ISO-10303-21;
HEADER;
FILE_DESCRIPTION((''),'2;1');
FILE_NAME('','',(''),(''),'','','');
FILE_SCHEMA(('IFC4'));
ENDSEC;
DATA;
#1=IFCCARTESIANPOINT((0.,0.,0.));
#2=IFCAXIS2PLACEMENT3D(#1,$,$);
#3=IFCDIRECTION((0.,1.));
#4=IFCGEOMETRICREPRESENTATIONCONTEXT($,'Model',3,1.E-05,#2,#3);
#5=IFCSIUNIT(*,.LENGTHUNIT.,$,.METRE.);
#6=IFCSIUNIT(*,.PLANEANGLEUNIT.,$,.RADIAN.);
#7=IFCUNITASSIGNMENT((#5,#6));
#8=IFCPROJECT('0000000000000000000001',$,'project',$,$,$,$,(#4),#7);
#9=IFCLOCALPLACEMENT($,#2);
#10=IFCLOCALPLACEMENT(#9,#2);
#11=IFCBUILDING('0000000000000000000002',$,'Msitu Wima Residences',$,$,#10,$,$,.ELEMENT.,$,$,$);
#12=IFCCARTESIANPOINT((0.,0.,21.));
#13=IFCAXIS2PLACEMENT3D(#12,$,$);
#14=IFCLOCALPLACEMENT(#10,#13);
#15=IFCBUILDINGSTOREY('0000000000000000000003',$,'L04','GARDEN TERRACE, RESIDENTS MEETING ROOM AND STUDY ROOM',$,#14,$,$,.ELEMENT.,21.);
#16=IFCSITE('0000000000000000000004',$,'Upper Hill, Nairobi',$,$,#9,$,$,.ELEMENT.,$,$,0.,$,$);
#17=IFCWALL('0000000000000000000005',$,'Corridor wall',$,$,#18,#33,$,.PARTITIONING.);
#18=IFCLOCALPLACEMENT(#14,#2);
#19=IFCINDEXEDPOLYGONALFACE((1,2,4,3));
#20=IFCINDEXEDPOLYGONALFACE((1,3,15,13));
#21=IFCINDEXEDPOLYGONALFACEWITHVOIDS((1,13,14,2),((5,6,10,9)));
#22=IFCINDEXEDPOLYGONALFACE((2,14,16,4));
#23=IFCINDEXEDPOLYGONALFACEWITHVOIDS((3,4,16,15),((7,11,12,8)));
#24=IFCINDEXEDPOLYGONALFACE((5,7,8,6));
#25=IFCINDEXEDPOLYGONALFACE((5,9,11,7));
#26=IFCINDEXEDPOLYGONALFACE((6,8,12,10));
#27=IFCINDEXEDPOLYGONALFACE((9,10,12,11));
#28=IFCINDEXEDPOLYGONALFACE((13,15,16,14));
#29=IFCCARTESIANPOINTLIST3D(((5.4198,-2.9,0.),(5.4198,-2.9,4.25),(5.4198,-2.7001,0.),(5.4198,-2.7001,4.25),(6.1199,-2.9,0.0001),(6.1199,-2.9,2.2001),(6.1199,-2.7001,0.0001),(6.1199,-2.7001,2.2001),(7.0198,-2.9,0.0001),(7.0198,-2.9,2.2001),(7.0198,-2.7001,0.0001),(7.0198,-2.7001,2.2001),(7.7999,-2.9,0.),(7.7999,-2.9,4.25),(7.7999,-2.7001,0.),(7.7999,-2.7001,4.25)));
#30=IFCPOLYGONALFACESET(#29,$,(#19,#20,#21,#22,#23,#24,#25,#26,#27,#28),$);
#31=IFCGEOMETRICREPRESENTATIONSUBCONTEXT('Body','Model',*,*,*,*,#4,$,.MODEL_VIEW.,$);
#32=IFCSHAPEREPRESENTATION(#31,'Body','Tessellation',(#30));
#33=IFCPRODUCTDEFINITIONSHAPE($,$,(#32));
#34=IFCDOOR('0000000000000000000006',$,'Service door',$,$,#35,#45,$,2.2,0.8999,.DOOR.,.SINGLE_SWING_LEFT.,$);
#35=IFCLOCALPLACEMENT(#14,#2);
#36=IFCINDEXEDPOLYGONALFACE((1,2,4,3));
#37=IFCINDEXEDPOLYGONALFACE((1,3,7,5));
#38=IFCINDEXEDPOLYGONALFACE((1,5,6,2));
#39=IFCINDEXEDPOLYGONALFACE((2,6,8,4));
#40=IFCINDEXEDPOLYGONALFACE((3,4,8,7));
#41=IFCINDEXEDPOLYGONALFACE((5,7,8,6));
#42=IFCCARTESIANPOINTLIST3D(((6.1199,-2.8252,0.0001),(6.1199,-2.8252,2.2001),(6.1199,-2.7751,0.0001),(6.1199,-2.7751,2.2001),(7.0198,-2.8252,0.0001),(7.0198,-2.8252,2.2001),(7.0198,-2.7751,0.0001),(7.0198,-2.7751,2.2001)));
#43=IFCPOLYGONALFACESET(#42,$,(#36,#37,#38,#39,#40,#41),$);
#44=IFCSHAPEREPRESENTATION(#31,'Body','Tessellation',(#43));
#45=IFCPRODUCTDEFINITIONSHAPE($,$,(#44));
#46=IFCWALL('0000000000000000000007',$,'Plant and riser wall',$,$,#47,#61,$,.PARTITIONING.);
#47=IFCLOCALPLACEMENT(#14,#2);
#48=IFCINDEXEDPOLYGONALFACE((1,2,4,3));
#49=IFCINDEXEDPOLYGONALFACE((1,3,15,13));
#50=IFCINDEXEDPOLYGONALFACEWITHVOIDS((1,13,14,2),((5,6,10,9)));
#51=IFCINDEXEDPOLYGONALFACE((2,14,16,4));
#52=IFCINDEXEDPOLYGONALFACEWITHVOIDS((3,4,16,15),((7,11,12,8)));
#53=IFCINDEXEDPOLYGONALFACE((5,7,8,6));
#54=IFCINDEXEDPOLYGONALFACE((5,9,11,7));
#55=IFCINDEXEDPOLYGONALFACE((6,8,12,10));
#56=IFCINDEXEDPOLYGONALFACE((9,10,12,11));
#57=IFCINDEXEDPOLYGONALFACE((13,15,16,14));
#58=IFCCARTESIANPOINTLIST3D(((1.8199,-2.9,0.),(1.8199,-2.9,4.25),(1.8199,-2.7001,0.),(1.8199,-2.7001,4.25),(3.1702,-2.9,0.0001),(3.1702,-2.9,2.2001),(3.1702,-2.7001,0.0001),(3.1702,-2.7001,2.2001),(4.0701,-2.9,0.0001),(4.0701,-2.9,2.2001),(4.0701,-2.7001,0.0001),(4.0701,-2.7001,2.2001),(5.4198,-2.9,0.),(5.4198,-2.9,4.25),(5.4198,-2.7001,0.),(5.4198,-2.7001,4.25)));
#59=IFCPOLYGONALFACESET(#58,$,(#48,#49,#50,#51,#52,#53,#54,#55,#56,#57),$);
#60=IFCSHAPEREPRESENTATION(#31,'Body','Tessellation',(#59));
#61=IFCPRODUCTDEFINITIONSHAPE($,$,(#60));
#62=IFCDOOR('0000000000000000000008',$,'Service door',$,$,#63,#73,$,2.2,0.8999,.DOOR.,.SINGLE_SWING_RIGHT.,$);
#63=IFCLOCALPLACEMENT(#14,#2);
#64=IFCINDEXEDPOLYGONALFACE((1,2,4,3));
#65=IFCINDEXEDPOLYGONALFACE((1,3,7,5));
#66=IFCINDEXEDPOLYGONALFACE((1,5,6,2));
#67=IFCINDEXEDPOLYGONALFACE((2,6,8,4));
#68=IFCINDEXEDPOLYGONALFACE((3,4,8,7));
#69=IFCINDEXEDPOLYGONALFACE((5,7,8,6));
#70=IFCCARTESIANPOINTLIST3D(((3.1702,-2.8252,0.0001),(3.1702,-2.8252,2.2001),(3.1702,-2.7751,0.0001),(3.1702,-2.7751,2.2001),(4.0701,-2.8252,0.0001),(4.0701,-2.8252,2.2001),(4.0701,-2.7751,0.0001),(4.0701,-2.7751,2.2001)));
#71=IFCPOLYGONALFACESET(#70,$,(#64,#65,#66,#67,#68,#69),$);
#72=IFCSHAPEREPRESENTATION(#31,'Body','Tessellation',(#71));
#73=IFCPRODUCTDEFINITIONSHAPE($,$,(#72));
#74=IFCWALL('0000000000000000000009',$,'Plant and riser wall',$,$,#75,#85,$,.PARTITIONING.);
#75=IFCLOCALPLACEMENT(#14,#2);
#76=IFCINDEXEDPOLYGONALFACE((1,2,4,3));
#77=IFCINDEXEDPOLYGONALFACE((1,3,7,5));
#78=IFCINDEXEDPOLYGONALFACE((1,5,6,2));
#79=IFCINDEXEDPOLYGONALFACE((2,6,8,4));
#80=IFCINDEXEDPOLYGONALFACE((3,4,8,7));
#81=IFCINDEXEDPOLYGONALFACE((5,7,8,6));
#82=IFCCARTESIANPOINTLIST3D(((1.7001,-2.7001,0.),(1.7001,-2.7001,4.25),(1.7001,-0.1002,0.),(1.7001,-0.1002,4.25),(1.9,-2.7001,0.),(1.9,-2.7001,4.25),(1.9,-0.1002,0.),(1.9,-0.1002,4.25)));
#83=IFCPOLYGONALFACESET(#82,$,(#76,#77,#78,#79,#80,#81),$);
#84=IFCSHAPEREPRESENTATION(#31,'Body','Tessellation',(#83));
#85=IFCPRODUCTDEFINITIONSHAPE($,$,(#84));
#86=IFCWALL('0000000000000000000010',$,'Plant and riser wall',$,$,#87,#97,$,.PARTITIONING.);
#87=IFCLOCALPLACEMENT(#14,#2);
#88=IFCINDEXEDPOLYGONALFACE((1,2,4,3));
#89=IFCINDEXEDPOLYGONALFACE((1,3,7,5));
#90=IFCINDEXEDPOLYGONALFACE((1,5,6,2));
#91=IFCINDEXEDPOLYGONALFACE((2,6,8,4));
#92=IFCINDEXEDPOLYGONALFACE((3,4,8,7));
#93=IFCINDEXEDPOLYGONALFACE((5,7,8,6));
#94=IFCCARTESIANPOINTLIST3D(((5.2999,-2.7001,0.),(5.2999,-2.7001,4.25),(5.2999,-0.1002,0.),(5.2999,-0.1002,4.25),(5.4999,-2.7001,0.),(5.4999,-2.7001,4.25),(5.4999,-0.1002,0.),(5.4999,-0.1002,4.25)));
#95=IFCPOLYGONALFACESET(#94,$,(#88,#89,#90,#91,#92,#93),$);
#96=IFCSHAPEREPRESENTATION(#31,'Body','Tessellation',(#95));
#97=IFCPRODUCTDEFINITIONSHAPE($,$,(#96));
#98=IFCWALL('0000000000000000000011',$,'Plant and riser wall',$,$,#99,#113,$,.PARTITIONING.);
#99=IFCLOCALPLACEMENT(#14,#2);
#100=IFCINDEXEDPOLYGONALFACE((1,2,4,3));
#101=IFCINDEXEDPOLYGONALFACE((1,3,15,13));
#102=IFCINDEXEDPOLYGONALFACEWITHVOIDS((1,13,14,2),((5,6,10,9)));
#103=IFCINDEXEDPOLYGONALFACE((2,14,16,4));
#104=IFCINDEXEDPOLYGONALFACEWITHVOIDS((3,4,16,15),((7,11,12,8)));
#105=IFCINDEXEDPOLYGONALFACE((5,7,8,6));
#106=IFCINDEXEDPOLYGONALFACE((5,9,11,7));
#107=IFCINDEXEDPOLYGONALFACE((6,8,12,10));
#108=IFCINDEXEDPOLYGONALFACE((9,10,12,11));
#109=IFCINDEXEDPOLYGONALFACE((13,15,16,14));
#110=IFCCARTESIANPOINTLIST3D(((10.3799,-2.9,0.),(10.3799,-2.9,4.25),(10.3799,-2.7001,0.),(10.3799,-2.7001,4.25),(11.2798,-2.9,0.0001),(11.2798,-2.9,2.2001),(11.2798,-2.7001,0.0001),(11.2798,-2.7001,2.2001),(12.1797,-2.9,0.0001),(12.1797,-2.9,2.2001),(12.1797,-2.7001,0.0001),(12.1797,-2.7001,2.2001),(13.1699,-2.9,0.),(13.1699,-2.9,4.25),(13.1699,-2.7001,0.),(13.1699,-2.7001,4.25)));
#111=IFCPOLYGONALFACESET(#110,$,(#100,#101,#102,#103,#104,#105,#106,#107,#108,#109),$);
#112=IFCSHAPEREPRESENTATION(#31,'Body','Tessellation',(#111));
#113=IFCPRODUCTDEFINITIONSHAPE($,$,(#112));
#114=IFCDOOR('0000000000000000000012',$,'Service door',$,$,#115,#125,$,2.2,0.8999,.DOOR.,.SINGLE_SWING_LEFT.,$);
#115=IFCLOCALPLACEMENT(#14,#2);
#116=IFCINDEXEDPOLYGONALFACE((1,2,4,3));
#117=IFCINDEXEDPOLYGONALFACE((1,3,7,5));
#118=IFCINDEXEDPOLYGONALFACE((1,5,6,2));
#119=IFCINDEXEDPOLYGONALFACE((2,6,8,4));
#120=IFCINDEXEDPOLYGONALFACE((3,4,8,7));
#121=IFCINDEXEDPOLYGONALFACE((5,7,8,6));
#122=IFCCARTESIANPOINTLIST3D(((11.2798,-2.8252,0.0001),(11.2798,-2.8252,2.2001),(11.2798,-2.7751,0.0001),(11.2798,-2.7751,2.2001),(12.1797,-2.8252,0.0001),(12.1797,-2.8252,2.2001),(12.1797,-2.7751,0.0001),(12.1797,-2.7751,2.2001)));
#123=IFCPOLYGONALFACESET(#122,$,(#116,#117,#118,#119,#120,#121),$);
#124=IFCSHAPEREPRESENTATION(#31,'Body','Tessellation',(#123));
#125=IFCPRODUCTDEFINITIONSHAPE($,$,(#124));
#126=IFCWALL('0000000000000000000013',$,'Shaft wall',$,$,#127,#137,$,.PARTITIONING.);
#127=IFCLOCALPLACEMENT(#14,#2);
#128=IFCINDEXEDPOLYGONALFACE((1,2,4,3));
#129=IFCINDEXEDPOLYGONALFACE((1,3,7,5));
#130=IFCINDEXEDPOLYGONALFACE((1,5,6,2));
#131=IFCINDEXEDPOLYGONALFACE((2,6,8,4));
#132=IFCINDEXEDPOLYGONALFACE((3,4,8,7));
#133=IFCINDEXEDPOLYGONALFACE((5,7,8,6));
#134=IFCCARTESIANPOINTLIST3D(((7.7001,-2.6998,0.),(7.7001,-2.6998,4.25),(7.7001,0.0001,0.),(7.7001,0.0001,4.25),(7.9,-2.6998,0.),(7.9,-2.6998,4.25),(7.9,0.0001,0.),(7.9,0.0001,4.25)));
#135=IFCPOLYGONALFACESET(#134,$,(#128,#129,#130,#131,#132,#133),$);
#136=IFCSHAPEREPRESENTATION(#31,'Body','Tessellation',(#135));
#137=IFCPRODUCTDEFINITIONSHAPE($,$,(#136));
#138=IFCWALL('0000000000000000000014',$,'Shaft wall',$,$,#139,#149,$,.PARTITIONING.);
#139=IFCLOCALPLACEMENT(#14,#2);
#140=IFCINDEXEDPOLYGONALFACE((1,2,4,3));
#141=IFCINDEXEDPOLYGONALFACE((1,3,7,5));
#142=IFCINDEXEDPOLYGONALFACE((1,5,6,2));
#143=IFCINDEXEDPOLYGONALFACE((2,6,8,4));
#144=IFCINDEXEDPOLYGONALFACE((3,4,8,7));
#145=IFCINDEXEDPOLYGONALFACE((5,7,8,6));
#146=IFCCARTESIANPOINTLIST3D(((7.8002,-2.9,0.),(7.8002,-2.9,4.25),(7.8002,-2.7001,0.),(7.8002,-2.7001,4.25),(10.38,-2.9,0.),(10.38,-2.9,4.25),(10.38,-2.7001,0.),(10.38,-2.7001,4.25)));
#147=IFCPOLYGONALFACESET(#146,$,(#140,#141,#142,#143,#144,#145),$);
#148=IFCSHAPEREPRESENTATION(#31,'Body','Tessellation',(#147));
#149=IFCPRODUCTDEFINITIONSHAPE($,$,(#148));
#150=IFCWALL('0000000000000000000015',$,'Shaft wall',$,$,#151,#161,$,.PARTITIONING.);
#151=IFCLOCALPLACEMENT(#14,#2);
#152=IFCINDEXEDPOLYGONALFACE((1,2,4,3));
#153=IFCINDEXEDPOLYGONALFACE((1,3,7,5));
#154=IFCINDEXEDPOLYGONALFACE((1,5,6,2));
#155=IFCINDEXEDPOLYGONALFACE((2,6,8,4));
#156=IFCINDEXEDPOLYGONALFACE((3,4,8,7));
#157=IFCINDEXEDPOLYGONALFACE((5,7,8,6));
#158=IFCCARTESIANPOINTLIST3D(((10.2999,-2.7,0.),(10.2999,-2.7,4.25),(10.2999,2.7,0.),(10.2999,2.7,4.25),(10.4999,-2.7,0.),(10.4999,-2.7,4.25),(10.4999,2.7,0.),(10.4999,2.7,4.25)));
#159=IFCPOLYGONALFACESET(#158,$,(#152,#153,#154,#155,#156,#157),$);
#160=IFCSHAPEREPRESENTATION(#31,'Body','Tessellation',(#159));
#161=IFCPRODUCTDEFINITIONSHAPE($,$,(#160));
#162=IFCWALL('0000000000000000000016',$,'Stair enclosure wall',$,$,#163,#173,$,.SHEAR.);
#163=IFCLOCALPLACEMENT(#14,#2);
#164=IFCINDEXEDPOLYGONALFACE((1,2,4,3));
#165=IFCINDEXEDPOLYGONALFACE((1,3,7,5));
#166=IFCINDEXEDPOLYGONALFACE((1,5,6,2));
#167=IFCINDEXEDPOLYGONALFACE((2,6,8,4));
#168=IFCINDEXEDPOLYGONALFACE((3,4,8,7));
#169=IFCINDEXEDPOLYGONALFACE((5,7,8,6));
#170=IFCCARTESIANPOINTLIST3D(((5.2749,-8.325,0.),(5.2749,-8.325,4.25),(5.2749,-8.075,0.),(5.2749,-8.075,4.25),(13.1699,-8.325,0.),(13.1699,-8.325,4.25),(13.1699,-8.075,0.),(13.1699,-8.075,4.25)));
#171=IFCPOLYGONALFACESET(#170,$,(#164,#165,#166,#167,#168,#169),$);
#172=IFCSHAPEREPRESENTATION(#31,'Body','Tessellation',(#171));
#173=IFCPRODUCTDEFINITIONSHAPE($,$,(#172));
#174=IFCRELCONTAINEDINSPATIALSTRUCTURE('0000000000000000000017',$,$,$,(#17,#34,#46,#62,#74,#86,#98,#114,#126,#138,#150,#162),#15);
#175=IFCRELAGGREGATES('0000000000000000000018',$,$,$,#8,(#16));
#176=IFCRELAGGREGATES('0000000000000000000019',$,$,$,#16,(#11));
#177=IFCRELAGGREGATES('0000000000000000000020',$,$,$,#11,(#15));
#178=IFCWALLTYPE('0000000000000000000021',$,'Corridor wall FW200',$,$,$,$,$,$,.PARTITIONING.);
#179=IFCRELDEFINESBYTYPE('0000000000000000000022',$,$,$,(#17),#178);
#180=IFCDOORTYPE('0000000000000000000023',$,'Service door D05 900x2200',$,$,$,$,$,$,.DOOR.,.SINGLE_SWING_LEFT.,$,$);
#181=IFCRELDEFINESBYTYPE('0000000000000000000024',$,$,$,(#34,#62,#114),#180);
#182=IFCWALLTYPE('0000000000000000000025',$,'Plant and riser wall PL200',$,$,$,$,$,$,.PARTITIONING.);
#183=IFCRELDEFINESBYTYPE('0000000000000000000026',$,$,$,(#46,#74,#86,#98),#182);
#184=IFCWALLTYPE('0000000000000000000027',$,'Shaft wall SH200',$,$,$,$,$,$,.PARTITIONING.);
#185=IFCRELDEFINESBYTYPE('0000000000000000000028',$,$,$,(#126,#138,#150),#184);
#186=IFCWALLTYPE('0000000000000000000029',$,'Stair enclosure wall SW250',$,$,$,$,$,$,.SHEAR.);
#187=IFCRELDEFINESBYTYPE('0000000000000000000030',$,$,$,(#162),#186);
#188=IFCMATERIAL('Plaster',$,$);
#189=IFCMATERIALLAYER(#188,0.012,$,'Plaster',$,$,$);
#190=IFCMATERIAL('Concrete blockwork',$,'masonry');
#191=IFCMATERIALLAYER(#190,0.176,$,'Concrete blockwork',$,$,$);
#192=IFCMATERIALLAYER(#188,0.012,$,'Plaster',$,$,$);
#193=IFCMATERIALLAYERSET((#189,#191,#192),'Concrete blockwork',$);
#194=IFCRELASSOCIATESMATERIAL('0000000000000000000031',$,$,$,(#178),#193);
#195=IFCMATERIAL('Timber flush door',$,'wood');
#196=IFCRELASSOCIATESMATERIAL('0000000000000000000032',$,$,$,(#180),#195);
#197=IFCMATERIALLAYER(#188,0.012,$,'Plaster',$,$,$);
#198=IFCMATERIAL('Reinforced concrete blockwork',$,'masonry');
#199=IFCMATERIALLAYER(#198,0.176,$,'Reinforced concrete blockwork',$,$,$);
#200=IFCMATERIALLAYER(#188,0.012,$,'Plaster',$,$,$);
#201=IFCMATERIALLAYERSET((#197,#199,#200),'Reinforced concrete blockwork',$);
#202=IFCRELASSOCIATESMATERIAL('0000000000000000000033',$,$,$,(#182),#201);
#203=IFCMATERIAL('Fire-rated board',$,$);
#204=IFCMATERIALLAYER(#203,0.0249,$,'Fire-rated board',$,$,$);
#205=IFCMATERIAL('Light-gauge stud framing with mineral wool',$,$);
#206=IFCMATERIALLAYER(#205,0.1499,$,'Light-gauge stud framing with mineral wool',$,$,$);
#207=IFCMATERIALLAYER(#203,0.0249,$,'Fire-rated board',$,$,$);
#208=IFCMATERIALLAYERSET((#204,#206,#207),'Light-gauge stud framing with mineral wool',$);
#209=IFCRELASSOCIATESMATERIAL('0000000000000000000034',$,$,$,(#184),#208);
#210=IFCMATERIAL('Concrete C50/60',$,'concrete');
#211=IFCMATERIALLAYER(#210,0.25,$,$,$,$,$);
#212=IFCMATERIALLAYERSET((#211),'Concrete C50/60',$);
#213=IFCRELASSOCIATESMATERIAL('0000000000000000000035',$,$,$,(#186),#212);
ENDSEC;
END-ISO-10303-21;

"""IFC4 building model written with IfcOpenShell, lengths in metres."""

from ifc_helpers import new_model, si_unit, direction, frame, frame_2d, origin, place, context, subcontext, project, spatial, rectangle, extrude, material, layer, layer_set, type_object, element, fill, save


model = new_model("IFC4")

# Units and contexts
model_context = context("Model", 3, precision=1e-05, world=origin(), true_north=direction((0.0, 1.0)))
body_context = subcontext(model_context, "Body", "Model", "MODEL_VIEW")
ifc_project = project(units=[si_unit("LENGTHUNIT", "METRE"), si_unit("PLANEANGLEUNIT", "RADIAN")], contexts=[model_context])

# Site, building, storey
site_placement = place(None, origin())
site = spatial("IfcSite", under=ifc_project, at=site_placement, Name="Upper Hill, Nairobi", CompositionType="ELEMENT", RefElevation=0.0)
building_placement = place(site_placement, origin())
building = spatial("IfcBuilding", under=site, at=building_placement, Name="Msitu Wima Residences", CompositionType="ELEMENT")
storey_placement = place(building_placement, frame((0.0, 0.0, 21.0)))
storey = spatial("IfcBuildingStorey", under=building, at=storey_placement, Name="L04", Description="GARDEN TERRACE, RESIDENTS MEETING ROOM AND STUDY ROOM", CompositionType="ELEMENT", Elevation=21.0)

# Walls, openings, doors
ifc_material_1 = material(Name="Plaster")
ifc_layer_1 = layer(ifc_material_1, 0.012, Name="Plaster")
ifc_material_2 = material(Name="Concrete blockwork", Category="masonry")
ifc_layer_2 = layer(ifc_material_2, 0.176, Name="Concrete blockwork")
ifc_layer_3 = layer(ifc_material_1, 0.012, Name="Plaster")
ifc_layer_set_1 = layer_set([ifc_layer_1, ifc_layer_2, ifc_layer_3], Name="Concrete blockwork")
wall_type_1 = type_object("IfcWallType", Name="Corridor wall FW200", PredefinedType="PARTITIONING", material=ifc_layer_set_1)
ifc_material_3 = material(Name="Timber flush door", Category="wood")
door_type = type_object("IfcDoorType", Name="Service door D05 900x2200", OperationType="SINGLE_SWING_LEFT", PredefinedType="DOOR", material=ifc_material_3)
wall_1_placement = place(storey_placement, frame((5.4199, -2.8, 0.0), z_axis=(0.0, 0.0, 1.0), x_axis=(1.0, 0.0, 0.0)))
wall_1 = element("IfcWall", 1, at=wall_1_placement, inside=storey, type_object=wall_type_1, Name="Corridor wall", PredefinedType="PARTITIONING", context=body_context, shape_type="SweptSolid", body=[
    extrude(rectangle(XDim=2.3801, YDim=0.2, at=frame_2d((1.1899, 0.0))), origin(), (0.0, 0.0, 1.0), 4.25),
])
opening_1_placement = place(wall_1_placement, frame((0.7, 0.0, 0.0)))
opening_1 = element("IfcOpeningElement", 2, at=opening_1_placement, cuts=wall_1, PredefinedType="OPENING", context=body_context, shape_type="SweptSolid", body=[
    extrude(rectangle(XDim=0.8999, YDim=2.2, at=frame_2d((0.45, 1.1001))), frame((0.0, 0.1099, 0.0), z_axis=(0.0, -1.0, 0.0), x_axis=(1.0, 0.0, 0.0)), (0.0, 0.0, 1.0), 0.22),
])
door_1_placement = place(opening_1_placement, origin())
door_1 = element("IfcDoor", 3, at=door_1_placement, inside=storey, type_object=door_type, Name="Service door", OperationType="SINGLE_SWING_LEFT", OverallHeight=2.2, OverallWidth=0.8999, PredefinedType="DOOR", context=body_context, shape_type="SweptSolid", body=[
    extrude(rectangle(XDim=0.8999, YDim=2.2, at=frame_2d((0.45, 1.1001))), frame((0.0, 0.0249, 0.0), z_axis=(0.0, -1.0, 0.0), x_axis=(1.0, 0.0, 0.0)), (0.0, 0.0, 1.0), 0.05),
])
fill(opening_1, door_1)
ifc_layer_4 = layer(ifc_material_1, 0.012, Name="Plaster")
ifc_material_4 = material(Name="Reinforced concrete blockwork", Category="masonry")
ifc_layer_5 = layer(ifc_material_4, 0.176, Name="Reinforced concrete blockwork")
ifc_layer_6 = layer(ifc_material_1, 0.012, Name="Plaster")
ifc_layer_set_2 = layer_set([ifc_layer_4, ifc_layer_5, ifc_layer_6], Name="Reinforced concrete blockwork")
wall_type_2 = type_object("IfcWallType", Name="Plant and riser wall PL200", PredefinedType="PARTITIONING", material=ifc_layer_set_2)
wall_2_placement = place(storey_placement, frame((1.8201, -2.8, 0.0), z_axis=(0.0, 0.0, 1.0), x_axis=(1.0, 0.0, 0.0)))
wall_2 = element("IfcWall", 4, at=wall_2_placement, inside=storey, type_object=wall_type_2, Name="Plant and riser wall", PredefinedType="PARTITIONING", context=body_context, shape_type="SweptSolid", body=[
    extrude(rectangle(XDim=3.5999, YDim=0.2, at=frame_2d((1.7998, 0.0))), origin(), (0.0, 0.0, 1.0), 4.25),
])
opening_2_placement = place(wall_2_placement, frame((1.3501, 0.0, 0.0)))
opening_2 = element("IfcOpeningElement", 5, at=opening_2_placement, cuts=wall_2, PredefinedType="OPENING", context=body_context, shape_type="SweptSolid", body=[
    extrude(rectangle(XDim=0.8999, YDim=2.2, at=frame_2d((0.45, 1.1001))), frame((0.0, 0.1099, 0.0), z_axis=(0.0, -1.0, 0.0), x_axis=(1.0, 0.0, 0.0)), (0.0, 0.0, 1.0), 0.22),
])
door_2_placement = place(opening_2_placement, origin())
door_2 = element("IfcDoor", 6, at=door_2_placement, inside=storey, type_object=door_type, Name="Service door", OperationType="SINGLE_SWING_RIGHT", OverallHeight=2.2, OverallWidth=0.8999, PredefinedType="DOOR", context=body_context, shape_type="SweptSolid", body=[
    extrude(rectangle(XDim=0.8999, YDim=2.2, at=frame_2d((0.45, 1.1001))), frame((0.0, 0.0249, 0.0), z_axis=(0.0, -1.0, 0.0), x_axis=(1.0, 0.0, 0.0)), (0.0, 0.0, 1.0), 0.05),
])
fill(opening_2, door_2)

# Walls
for number, where, z_axis, x_axis, name in (
    (7, (1.8, -2.7, 0.0), (0.0, 0.0, 1.0), (0.0, 1.0, 0.0), "Plant and riser wall"),
    (8, (5.3999, -2.7, 0.0), (0.0, 0.0, 1.0), (0.0, 1.0, 0.0), "Plant and riser wall"),
):
    element("IfcWall", number, at=place(storey_placement, frame(where, z_axis=z_axis, x_axis=x_axis)), inside=storey, type_object=wall_type_2, Name=name, PredefinedType="PARTITIONING", context=body_context, shape_type="SweptSolid", body=[
        extrude(rectangle(XDim=2.5999, YDim=0.2, at=frame_2d((1.2998, 0.0))), origin(), (0.0, 0.0, 1.0), 4.25),
    ])

# Wall, opening, door
wall_3_placement = place(storey_placement, frame((10.3799, -2.8, 0.0), z_axis=(0.0, 0.0, 1.0), x_axis=(1.0, 0.0, 0.0)))
wall_3 = element("IfcWall", 9, at=wall_3_placement, inside=storey, type_object=wall_type_2, Name="Plant and riser wall", PredefinedType="PARTITIONING", context=body_context, shape_type="SweptSolid", body=[
    extrude(rectangle(XDim=2.79, YDim=0.2, at=frame_2d((1.395, 0.0))), origin(), (0.0, 0.0, 1.0), 4.25),
])
opening_3_placement = place(wall_3_placement, frame((0.8999, 0.0, 0.0)))
opening_3 = element("IfcOpeningElement", 10, at=opening_3_placement, cuts=wall_3, PredefinedType="OPENING", context=body_context, shape_type="SweptSolid", body=[
    extrude(rectangle(XDim=0.8999, YDim=2.2, at=frame_2d((0.45, 1.1001))), frame((0.0, 0.1099, 0.0), z_axis=(0.0, -1.0, 0.0), x_axis=(1.0, 0.0, 0.0)), (0.0, 0.0, 1.0), 0.22),
])
door_3_placement = place(opening_3_placement, origin())
door_3 = element("IfcDoor", 11, at=door_3_placement, inside=storey, type_object=door_type, Name="Service door", OperationType="SINGLE_SWING_LEFT", OverallHeight=2.2, OverallWidth=0.8999, PredefinedType="DOOR", context=body_context, shape_type="SweptSolid", body=[
    extrude(rectangle(XDim=0.8999, YDim=2.2, at=frame_2d((0.45, 1.1001))), frame((0.0, 0.0249, 0.0), z_axis=(0.0, -1.0, 0.0), x_axis=(1.0, 0.0, 0.0)), (0.0, 0.0, 1.0), 0.05),
])
fill(opening_3, door_3)

# Walls
ifc_material_5 = material(Name="Fire-rated board")
ifc_layer_7 = layer(ifc_material_5, 0.0249, Name="Fire-rated board")
ifc_material_6 = material(Name="Light-gauge stud framing with mineral wool")
ifc_layer_8 = layer(ifc_material_6, 0.1499, Name="Light-gauge stud framing with mineral wool")
ifc_layer_9 = layer(ifc_material_5, 0.0249, Name="Fire-rated board")
ifc_layer_set_3 = layer_set([ifc_layer_7, ifc_layer_8, ifc_layer_9], Name="Light-gauge stud framing with mineral wool")
wall_type_3 = type_object("IfcWallType", Name="Shaft wall SH200", PredefinedType="PARTITIONING", material=ifc_layer_set_3)
wall_4_placement = place(storey_placement, frame((7.8, -2.7, 0.0), z_axis=(0.0, 0.0, 1.0), x_axis=(0.0, 1.0, 0.0)))
element("IfcWall", 12, at=wall_4_placement, inside=storey, type_object=wall_type_3, Name="Shaft wall", PredefinedType="PARTITIONING", context=body_context, shape_type="SweptSolid", body=[
    extrude(rectangle(XDim=2.7, YDim=0.2, at=frame_2d((1.3501, 0.0))), origin(), (0.0, 0.0, 1.0), 4.25),
])
wall_5_placement = place(storey_placement, frame((7.8, -2.8, 0.0), z_axis=(0.0, 0.0, 1.0), x_axis=(1.0, 0.0, 0.0)))
element("IfcWall", 13, at=wall_5_placement, inside=storey, type_object=wall_type_3, Name="Shaft wall", PredefinedType="PARTITIONING", context=body_context, shape_type="SweptSolid", body=[
    extrude(rectangle(XDim=2.5798, YDim=0.2, at=frame_2d((1.29, 0.0))), origin(), (0.0, 0.0, 1.0), 4.25),
])
wall_6_placement = place(storey_placement, frame((10.3999, -2.7, 0.0), z_axis=(0.0, 0.0, 1.0), x_axis=(0.0, 1.0, 0.0)))
element("IfcWall", 14, at=wall_6_placement, inside=storey, type_object=wall_type_3, Name="Shaft wall", PredefinedType="PARTITIONING", context=body_context, shape_type="SweptSolid", body=[
    extrude(rectangle(XDim=5.3999, YDim=0.2, at=frame_2d((2.7, 0.0))), origin(), (0.0, 0.0, 1.0), 4.25),
])
ifc_material_7 = material(Name="Concrete C50/60", Category="concrete")
ifc_layer_10 = layer(ifc_material_7, 0.25)
ifc_layer_set_4 = layer_set([ifc_layer_10], Name="Concrete C50/60")
wall_type_4 = type_object("IfcWallType", Name="Stair enclosure wall SW250", PredefinedType="SHEAR", material=ifc_layer_set_4)
wall_7_placement = place(storey_placement, frame((5.2749, -8.2, 0.0), z_axis=(0.0, 0.0, 1.0), x_axis=(1.0, 0.0, 0.0)))
element("IfcWall", 15, at=wall_7_placement, inside=storey, type_object=wall_type_4, Name="Stair enclosure wall", PredefinedType="SHEAR", context=body_context, shape_type="SweptSolid", body=[
    extrude(rectangle(XDim=7.895, YDim=0.25, at=frame_2d((3.9475, 0.0))), origin(), (0.0, 0.0, 1.0), 4.25),
])

save(model, "model.ifc")
